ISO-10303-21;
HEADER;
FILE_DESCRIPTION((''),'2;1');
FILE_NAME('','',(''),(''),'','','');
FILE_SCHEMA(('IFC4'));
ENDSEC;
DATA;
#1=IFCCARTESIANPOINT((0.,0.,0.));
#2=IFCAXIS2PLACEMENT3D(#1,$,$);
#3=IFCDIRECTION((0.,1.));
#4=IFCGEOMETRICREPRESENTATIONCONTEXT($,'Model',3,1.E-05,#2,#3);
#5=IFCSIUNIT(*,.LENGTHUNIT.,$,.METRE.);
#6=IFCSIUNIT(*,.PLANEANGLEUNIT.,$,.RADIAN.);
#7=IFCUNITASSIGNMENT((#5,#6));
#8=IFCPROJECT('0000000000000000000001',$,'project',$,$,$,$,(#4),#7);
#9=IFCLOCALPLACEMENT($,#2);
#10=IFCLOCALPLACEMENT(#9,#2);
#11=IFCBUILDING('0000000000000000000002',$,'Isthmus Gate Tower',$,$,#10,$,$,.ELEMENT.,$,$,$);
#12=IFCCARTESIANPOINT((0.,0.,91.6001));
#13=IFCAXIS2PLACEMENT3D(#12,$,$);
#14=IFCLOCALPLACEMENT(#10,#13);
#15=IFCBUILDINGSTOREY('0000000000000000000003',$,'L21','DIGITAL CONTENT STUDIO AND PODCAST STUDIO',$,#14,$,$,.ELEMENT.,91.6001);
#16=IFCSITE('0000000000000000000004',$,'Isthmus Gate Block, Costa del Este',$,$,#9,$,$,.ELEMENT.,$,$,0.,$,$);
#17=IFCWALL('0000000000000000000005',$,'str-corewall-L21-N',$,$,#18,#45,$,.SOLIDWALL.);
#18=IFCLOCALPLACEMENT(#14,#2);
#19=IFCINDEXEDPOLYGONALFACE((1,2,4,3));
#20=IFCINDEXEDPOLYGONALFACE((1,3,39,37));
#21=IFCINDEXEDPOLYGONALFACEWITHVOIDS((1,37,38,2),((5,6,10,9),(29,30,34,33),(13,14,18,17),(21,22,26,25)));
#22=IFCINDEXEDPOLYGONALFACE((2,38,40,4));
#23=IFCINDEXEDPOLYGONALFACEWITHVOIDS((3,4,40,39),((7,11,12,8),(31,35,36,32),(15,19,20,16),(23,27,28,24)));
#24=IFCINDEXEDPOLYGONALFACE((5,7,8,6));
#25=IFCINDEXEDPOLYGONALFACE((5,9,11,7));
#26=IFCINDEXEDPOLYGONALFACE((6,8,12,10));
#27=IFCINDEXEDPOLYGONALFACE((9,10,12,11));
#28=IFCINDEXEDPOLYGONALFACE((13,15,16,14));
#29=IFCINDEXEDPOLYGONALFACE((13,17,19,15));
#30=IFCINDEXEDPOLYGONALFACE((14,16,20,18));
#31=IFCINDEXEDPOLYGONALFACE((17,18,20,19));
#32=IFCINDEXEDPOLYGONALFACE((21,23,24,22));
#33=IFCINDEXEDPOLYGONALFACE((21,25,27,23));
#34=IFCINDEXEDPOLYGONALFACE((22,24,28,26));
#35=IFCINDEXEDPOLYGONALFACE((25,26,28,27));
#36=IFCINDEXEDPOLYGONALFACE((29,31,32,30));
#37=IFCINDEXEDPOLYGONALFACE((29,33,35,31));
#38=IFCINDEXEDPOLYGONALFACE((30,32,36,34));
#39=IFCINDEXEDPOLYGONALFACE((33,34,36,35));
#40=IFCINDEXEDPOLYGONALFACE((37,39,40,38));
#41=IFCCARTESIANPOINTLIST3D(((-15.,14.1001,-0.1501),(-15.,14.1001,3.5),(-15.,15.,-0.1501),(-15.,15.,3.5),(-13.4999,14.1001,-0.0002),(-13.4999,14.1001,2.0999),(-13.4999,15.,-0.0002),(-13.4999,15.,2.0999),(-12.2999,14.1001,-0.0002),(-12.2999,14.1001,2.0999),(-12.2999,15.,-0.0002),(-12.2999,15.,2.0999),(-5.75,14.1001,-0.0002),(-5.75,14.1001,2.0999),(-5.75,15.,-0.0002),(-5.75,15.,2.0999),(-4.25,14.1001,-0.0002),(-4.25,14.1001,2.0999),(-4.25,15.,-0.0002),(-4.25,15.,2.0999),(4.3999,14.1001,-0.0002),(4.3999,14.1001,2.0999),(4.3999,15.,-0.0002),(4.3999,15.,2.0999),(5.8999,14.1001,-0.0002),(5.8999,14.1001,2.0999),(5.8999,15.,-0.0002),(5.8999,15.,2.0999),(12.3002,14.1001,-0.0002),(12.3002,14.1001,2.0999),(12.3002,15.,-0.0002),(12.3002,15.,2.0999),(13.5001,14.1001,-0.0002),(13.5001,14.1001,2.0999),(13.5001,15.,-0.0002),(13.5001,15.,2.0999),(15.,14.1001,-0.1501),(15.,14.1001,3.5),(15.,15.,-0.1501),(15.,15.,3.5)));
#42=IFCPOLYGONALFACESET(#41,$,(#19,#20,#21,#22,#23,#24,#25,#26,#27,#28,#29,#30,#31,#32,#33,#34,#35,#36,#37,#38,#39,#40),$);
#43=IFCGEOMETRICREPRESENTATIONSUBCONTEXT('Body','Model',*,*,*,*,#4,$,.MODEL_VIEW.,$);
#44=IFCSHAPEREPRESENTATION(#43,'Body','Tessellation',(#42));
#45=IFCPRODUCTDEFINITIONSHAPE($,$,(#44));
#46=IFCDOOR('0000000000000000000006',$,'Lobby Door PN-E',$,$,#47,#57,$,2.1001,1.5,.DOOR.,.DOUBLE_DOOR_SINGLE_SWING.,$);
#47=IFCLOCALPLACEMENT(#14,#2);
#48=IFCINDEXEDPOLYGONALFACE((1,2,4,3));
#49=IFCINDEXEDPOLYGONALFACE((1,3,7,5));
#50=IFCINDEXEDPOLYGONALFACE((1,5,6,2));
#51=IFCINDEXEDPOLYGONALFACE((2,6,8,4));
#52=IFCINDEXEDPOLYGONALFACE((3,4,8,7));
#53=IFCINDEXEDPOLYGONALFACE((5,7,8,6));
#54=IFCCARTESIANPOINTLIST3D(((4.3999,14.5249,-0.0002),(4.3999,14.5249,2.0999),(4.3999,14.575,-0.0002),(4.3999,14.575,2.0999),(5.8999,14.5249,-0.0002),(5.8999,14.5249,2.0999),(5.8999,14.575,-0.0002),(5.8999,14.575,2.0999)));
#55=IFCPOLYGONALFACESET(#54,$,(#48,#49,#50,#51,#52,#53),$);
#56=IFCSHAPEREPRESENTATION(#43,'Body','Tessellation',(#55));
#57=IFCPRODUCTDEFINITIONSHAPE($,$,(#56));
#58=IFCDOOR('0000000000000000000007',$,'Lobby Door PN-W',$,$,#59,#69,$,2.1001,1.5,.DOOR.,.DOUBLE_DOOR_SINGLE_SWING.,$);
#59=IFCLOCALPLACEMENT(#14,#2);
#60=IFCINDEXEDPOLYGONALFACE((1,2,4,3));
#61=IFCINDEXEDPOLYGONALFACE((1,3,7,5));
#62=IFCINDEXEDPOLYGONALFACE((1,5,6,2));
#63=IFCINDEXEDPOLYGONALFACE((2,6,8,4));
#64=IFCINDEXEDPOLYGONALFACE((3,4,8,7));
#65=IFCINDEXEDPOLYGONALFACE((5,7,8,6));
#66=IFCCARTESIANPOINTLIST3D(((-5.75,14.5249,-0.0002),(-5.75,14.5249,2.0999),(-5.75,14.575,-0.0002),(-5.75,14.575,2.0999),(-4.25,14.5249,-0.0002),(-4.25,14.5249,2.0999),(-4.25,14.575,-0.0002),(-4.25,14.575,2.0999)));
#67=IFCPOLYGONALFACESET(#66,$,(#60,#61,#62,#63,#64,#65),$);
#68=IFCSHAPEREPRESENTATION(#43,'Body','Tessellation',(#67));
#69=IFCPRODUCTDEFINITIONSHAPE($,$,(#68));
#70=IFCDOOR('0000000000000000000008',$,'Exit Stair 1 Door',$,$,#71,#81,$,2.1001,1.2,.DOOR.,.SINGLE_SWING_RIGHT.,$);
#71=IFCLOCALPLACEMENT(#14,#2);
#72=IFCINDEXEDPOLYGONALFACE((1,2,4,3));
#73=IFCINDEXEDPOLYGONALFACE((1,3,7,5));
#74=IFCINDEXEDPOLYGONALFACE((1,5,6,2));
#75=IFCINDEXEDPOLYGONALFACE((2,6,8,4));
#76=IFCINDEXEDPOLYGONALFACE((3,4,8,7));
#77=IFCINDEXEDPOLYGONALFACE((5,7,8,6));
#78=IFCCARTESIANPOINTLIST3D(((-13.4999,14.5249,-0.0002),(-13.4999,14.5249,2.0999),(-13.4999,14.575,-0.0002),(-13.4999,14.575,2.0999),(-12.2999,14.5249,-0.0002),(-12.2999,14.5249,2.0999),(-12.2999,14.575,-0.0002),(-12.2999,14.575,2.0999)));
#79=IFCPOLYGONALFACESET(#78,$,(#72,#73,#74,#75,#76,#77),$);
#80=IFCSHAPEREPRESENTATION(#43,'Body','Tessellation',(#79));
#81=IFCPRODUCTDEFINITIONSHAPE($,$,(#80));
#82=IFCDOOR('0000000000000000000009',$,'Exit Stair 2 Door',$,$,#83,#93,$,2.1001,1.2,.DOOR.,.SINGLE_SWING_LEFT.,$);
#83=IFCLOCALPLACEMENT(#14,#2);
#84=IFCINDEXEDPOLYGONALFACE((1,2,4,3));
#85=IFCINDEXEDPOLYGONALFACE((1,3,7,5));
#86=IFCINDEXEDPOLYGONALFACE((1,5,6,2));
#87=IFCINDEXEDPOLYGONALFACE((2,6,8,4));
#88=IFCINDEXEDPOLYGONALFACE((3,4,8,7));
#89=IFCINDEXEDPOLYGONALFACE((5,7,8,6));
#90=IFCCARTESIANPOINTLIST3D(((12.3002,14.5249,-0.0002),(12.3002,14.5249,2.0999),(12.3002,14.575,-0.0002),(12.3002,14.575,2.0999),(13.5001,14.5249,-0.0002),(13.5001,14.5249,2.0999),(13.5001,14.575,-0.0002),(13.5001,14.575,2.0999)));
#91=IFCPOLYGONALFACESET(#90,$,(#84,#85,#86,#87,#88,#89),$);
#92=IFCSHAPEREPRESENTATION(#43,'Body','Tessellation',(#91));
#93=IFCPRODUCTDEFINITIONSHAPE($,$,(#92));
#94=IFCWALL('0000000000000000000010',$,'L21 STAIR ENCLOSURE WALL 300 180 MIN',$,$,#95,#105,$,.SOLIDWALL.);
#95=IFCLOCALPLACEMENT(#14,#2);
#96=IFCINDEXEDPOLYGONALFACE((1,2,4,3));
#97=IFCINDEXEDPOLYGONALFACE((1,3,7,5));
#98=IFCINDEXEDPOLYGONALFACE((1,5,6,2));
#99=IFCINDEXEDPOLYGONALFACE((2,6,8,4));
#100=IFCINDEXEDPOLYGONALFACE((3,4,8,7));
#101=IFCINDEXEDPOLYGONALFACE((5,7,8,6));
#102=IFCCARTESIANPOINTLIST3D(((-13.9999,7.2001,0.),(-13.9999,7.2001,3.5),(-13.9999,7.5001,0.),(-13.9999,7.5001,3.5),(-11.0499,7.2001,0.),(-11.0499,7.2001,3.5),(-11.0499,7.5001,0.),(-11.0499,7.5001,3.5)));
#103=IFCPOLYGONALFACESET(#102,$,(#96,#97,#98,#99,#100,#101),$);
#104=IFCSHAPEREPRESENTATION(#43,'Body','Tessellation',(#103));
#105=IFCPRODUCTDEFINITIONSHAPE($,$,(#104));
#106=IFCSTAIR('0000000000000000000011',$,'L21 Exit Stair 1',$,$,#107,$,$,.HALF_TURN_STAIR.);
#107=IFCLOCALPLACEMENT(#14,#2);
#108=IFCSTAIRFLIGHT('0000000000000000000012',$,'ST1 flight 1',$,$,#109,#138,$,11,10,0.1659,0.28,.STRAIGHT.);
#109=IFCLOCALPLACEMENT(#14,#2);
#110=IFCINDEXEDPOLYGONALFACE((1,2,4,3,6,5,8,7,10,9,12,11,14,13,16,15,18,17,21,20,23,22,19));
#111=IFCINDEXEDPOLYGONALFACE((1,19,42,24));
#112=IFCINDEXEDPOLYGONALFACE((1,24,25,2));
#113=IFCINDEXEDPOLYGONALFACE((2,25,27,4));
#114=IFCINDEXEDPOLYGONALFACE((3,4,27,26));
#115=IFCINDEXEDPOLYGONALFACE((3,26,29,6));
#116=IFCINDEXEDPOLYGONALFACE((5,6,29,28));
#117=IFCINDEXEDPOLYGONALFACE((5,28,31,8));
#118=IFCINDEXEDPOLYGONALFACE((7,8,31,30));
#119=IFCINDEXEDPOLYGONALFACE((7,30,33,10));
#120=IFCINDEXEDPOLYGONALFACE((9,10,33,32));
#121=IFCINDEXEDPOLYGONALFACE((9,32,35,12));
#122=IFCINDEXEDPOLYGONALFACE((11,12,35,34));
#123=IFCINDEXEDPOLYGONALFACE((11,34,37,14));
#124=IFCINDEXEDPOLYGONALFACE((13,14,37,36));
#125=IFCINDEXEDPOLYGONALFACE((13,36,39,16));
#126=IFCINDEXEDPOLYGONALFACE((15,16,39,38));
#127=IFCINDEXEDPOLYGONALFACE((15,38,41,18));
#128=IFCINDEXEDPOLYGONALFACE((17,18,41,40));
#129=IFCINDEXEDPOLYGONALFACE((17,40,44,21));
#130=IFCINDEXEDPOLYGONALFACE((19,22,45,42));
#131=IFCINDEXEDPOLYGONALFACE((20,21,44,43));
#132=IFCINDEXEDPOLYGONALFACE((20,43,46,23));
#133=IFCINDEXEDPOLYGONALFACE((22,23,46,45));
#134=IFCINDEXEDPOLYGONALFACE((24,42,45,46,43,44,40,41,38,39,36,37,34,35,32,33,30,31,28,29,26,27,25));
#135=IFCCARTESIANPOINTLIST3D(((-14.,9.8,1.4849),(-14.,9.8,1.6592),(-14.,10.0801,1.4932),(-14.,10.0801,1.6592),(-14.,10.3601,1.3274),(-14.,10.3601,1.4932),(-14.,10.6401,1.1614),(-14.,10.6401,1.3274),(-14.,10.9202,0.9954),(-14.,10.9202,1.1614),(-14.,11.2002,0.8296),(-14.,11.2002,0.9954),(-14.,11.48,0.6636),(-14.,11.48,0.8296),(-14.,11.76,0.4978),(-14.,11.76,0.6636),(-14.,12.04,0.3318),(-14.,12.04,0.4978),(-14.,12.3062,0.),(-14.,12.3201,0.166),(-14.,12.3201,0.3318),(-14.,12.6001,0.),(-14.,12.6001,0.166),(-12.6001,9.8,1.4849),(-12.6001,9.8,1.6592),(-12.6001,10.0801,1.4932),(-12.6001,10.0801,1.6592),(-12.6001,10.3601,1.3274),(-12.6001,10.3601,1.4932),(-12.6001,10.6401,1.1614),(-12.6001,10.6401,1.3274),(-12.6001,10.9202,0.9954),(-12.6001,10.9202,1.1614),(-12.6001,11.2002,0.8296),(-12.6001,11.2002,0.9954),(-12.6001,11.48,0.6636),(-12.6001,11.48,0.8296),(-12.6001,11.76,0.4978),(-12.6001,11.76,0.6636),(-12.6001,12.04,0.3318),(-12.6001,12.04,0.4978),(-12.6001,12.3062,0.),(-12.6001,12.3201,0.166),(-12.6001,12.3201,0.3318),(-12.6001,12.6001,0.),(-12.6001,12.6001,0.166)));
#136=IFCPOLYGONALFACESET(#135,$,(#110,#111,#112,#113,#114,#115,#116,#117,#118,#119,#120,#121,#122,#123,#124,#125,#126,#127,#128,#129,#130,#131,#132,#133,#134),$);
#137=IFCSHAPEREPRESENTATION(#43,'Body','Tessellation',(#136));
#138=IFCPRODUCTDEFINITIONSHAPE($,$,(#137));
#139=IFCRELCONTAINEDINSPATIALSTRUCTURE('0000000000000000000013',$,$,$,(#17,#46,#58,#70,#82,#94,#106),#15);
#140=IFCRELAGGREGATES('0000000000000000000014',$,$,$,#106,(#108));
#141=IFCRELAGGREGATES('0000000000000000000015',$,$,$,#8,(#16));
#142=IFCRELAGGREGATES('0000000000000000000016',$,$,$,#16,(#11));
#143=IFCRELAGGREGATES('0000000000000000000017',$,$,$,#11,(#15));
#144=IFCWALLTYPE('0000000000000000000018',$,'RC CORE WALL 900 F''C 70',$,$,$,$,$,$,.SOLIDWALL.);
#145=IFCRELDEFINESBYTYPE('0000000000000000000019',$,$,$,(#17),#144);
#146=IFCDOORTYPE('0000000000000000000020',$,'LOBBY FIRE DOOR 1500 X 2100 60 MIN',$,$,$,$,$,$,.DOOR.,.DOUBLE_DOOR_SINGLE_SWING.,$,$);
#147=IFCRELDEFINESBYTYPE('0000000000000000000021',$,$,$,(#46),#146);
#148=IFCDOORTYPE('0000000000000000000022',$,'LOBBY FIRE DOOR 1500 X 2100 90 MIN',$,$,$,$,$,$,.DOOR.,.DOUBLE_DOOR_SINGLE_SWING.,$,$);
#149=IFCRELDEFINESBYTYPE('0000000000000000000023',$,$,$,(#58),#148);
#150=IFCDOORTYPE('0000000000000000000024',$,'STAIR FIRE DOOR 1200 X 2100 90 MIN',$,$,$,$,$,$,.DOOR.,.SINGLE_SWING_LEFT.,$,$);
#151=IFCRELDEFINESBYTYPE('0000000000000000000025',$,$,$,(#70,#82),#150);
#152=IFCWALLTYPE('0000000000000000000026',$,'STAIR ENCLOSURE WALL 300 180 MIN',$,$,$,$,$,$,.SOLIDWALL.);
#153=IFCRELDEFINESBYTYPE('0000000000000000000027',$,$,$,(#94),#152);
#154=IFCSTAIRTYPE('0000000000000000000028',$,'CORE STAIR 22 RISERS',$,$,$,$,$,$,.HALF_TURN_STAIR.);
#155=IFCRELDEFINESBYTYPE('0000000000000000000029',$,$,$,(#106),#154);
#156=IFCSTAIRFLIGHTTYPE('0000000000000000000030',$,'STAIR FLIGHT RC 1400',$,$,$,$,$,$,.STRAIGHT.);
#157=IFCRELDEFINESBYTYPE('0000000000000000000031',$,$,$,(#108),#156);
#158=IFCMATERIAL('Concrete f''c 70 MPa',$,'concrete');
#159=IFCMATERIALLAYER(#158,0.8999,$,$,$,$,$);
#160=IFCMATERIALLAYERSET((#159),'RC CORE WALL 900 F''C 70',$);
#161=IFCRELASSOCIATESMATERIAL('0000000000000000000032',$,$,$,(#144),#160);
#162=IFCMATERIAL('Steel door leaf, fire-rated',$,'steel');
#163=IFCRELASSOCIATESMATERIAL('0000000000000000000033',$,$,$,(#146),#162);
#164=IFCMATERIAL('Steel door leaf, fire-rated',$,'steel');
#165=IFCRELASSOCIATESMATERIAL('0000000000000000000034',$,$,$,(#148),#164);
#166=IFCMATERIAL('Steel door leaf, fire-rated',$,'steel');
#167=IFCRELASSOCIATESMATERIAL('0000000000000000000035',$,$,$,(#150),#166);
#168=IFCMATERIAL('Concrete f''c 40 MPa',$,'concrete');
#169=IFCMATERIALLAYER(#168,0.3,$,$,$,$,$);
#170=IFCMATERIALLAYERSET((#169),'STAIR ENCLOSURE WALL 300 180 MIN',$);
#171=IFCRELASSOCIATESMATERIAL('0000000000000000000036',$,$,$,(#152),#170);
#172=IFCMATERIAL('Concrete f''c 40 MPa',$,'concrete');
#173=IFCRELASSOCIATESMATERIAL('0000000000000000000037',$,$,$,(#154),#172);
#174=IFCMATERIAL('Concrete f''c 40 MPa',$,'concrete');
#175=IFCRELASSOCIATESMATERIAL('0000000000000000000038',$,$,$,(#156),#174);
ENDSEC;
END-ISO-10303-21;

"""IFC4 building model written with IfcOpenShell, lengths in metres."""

from ifc_helpers import new_model, si_unit, direction, frame, frame_2d, origin, place, context, subcontext, project, spatial, polyline, rectangle, outline, extrude, material, layer, layer_set, type_object, element, fill, aggregate, save


model = new_model("IFC4")

# Units and contexts
model_context = context("Model", 3, precision=1e-05, world=origin(), true_north=direction((0.0, 1.0)))
body_context = subcontext(model_context, "Body", "Model", "MODEL_VIEW")
ifc_project = project(units=[si_unit("LENGTHUNIT", "METRE"), si_unit("PLANEANGLEUNIT", "RADIAN")], contexts=[model_context])

# Site, building, storey
site_placement = place(None, origin())
site = spatial("IfcSite", under=ifc_project, at=site_placement, Name="Isthmus Gate Block, Costa del Este", CompositionType="ELEMENT", RefElevation=0.0)
building_placement = place(site_placement, origin())
building = spatial("IfcBuilding", under=site, at=building_placement, Name="Isthmus Gate Tower", CompositionType="ELEMENT")
storey_placement = place(building_placement, frame((0.0, 0.0, 91.6001)))
storey = spatial("IfcBuildingStorey", under=building, at=storey_placement, Name="L21", Description="DIGITAL CONTENT STUDIO AND PODCAST STUDIO", CompositionType="ELEMENT", Elevation=91.6001)

# Wall, openings, doors
ifc_material_1 = material(Name="Concrete f'c 70 MPa", Category="concrete")
ifc_layer_1 = layer(ifc_material_1, 0.8999)
ifc_layer_set_1 = layer_set([ifc_layer_1], Name="RC CORE WALL 900 F'C 70")
wall_type_1 = type_object("IfcWallType", Name="RC CORE WALL 900 F'C 70", PredefinedType="SOLIDWALL", material=ifc_layer_set_1)
wall_1_placement = place(storey_placement, frame((-15.0, 14.55, -0.1501), z_axis=(0.0, 0.0, 1.0), x_axis=(1.0, 0.0, 0.0)))
wall_1 = element("IfcWall", 1, at=wall_1_placement, inside=storey, type_object=wall_type_1, Name="str-corewall-L21-N", PredefinedType="SOLIDWALL", context=body_context, shape_type="SweptSolid", body=[
    extrude(rectangle(XDim=30.0, YDim=0.8999, at=frame_2d((15.0, 0.0))), origin(), (0.0, 0.0, 1.0), 3.6501),
])
opening_1_placement = place(wall_1_placement, frame((9.25, 0.0, 0.1499)))
opening_1 = element("IfcOpeningElement", 2, at=opening_1_placement, cuts=wall_1, PredefinedType="OPENING", context=body_context, shape_type="SweptSolid", body=[
    extrude(rectangle(XDim=1.5, YDim=2.1001, at=frame_2d((0.75, 1.05))), frame((0.0, 0.46, 0.0), z_axis=(0.0, -1.0, 0.0), x_axis=(1.0, 0.0, 0.0)), (0.0, 0.0, 1.0), 0.9199),
])
opening_2_placement = place(wall_1_placement, frame((19.3999, 0.0, 0.1499)))
opening_2 = element("IfcOpeningElement", 3, at=opening_2_placement, cuts=wall_1, PredefinedType="OPENING", context=body_context, shape_type="SweptSolid", body=[
    extrude(rectangle(XDim=1.5, YDim=2.1001, at=frame_2d((0.75, 1.05))), frame((0.0, 0.46, 0.0), z_axis=(0.0, -1.0, 0.0), x_axis=(1.0, 0.0, 0.0)), (0.0, 0.0, 1.0), 0.9199),
])
opening_3_placement = place(wall_1_placement, frame((1.5, 0.0, 0.1499)))
opening_3 = element("IfcOpeningElement", 4, at=opening_3_placement, cuts=wall_1, PredefinedType="OPENING", context=body_context, shape_type="SweptSolid", body=[
    extrude(rectangle(XDim=1.2, YDim=2.1001, at=frame_2d((0.6001, 1.05))), frame((0.0, 0.46, 0.0), z_axis=(0.0, -1.0, 0.0), x_axis=(1.0, 0.0, 0.0)), (0.0, 0.0, 1.0), 0.9199),
])
opening_4_placement = place(wall_1_placement, frame((27.3, 0.0, 0.1499)))
opening_4 = element("IfcOpeningElement", 5, at=opening_4_placement, cuts=wall_1, PredefinedType="OPENING", context=body_context, shape_type="SweptSolid", body=[
    extrude(rectangle(XDim=1.2, YDim=2.1001, at=frame_2d((0.6001, 1.05))), frame((0.0, 0.46, 0.0), z_axis=(0.0, -1.0, 0.0), x_axis=(1.0, 0.0, 0.0)), (0.0, 0.0, 1.0), 0.9199),
])
ifc_material_2 = material(Name="Steel door leaf, fire-rated", Category="steel")
door_type_1 = type_object("IfcDoorType", Name="LOBBY FIRE DOOR 1500 X 2100 60 MIN", OperationType="DOUBLE_DOOR_SINGLE_SWING", PredefinedType="DOOR", material=ifc_material_2)
door_1_placement = place(opening_2_placement, origin())
door_1 = element("IfcDoor", 6, at=door_1_placement, inside=storey, type_object=door_type_1, Name="Lobby Door PN-E", OperationType="DOUBLE_DOOR_SINGLE_SWING", OverallHeight=2.1001, OverallWidth=1.5, PredefinedType="DOOR", context=body_context, shape_type="SweptSolid", body=[
    extrude(rectangle(XDim=1.5, YDim=2.1001, at=frame_2d((0.75, 1.05))), frame((0.0, 0.0249, 0.0), z_axis=(0.0, -1.0, 0.0), x_axis=(1.0, 0.0, 0.0)), (0.0, 0.0, 1.0), 0.05),
])
fill(opening_2, door_1)
ifc_material_3 = material(Name="Steel door leaf, fire-rated", Category="steel")
door_type_2 = type_object("IfcDoorType", Name="LOBBY FIRE DOOR 1500 X 2100 90 MIN", OperationType="DOUBLE_DOOR_SINGLE_SWING", PredefinedType="DOOR", material=ifc_material_3)
door_2_placement = place(opening_1_placement, origin())
door_2 = element("IfcDoor", 7, at=door_2_placement, inside=storey, type_object=door_type_2, Name="Lobby Door PN-W", OperationType="DOUBLE_DOOR_SINGLE_SWING", OverallHeight=2.1001, OverallWidth=1.5, PredefinedType="DOOR", context=body_context, shape_type="SweptSolid", body=[
    extrude(rectangle(XDim=1.5, YDim=2.1001, at=frame_2d((0.75, 1.05))), frame((0.0, 0.0249, 0.0), z_axis=(0.0, -1.0, 0.0), x_axis=(1.0, 0.0, 0.0)), (0.0, 0.0, 1.0), 0.05),
])
fill(opening_1, door_2)
ifc_material_4 = material(Name="Steel door leaf, fire-rated", Category="steel")
door_type_3 = type_object("IfcDoorType", Name="STAIR FIRE DOOR 1200 X 2100 90 MIN", OperationType="SINGLE_SWING_LEFT", PredefinedType="DOOR", material=ifc_material_4)
door_3_placement = place(opening_3_placement, origin())
door_3 = element("IfcDoor", 8, at=door_3_placement, inside=storey, type_object=door_type_3, Name="Exit Stair 1 Door", OperationType="SINGLE_SWING_RIGHT", OverallHeight=2.1001, OverallWidth=1.2, PredefinedType="DOOR", context=body_context, shape_type="SweptSolid", body=[
    extrude(rectangle(XDim=1.2, YDim=2.1001, at=frame_2d((0.6001, 1.05))), frame((0.0, 0.0249, 0.0), z_axis=(0.0, -1.0, 0.0), x_axis=(1.0, 0.0, 0.0)), (0.0, 0.0, 1.0), 0.05),
])
fill(opening_3, door_3)
door_4_placement = place(opening_4_placement, origin())
door_4 = element("IfcDoor", 9, at=door_4_placement, inside=storey, type_object=door_type_3, Name="Exit Stair 2 Door", OperationType="SINGLE_SWING_LEFT", OverallHeight=2.1001, OverallWidth=1.2, PredefinedType="DOOR", context=body_context, shape_type="SweptSolid", body=[
    extrude(rectangle(XDim=1.2, YDim=2.1001, at=frame_2d((0.6001, 1.05))), frame((0.0, 0.0249, 0.0), z_axis=(0.0, -1.0, 0.0), x_axis=(1.0, 0.0, 0.0)), (0.0, 0.0, 1.0), 0.05),
])
fill(opening_4, door_4)

# Wall
ifc_material_5 = material(Name="Concrete f'c 40 MPa", Category="concrete")
ifc_layer_2 = layer(ifc_material_5, 0.3)
ifc_layer_set_2 = layer_set([ifc_layer_2], Name="STAIR ENCLOSURE WALL 300 180 MIN")
wall_type_2 = type_object("IfcWallType", Name="STAIR ENCLOSURE WALL 300 180 MIN", PredefinedType="SOLIDWALL", material=ifc_layer_set_2)
wall_2_placement = place(storey_placement, frame((-14.0, 7.3501, 0.0), z_axis=(0.0, 0.0, 1.0), x_axis=(1.0, 0.0, 0.0)))
element("IfcWall", 10, at=wall_2_placement, inside=storey, type_object=wall_type_2, Name="L21 STAIR ENCLOSURE WALL 300 180 MIN", PredefinedType="SOLIDWALL", context=body_context, shape_type="SweptSolid", body=[
    extrude(rectangle(XDim=2.95, YDim=0.3, at=frame_2d((1.4751, 0.0))), origin(), (0.0, 0.0, 1.0), 3.5),
])

# Stair, stair flight
ifc_material_6 = material(Name="Concrete f'c 40 MPa", Category="concrete")
stair_type = type_object("IfcStairType", Name="CORE STAIR 22 RISERS", PredefinedType="HALF_TURN_STAIR", material=ifc_material_6)
stair_placement = place(storey_placement, origin())
stair = element("IfcStair", 11, at=stair_placement, inside=storey, type_object=stair_type, Name="L21 Exit Stair 1", PredefinedType="HALF_TURN_STAIR")
ifc_material_7 = material(Name="Concrete f'c 40 MPa", Category="concrete")
stair_flight_type = type_object("IfcStairFlightType", Name="STAIR FLIGHT RC 1400", PredefinedType="STRAIGHT", material=ifc_material_7)
stair_flight_placement = place(storey_placement, frame((-13.3, 12.6001, 0.0), z_axis=(0.0, 0.0, 1.0), x_axis=(0.0, -1.0, 0.0)))
stair_flight = element("IfcStairFlight", 12, at=stair_flight_placement, type_object=stair_flight_type, Name="ST1 flight 1", NumberOfRisers=11, NumberOfTreads=10, PredefinedType="STRAIGHT", RiserHeight=0.1659, TreadLength=0.28, context=body_context, shape_type="SweptSolid", body=[
    extrude(outline(polyline([(0.0, 0.0), (0.0, 0.166), (0.28, 0.166), (0.28, 0.3318), (0.5601, 0.3318), (0.5601, 0.4978), (0.8401, 0.4978), (0.8401, 0.6636), (1.1201, 0.6636), (1.1201, 0.8296), (1.3999, 0.8296), (1.3999, 0.9954), (1.6799, 0.9954), (1.6799, 1.1614), (1.96, 1.1614), (1.96, 1.3274), (2.24, 1.3274), (2.24, 1.4932), (2.52, 1.4932), (2.52, 1.6592), (2.8, 1.6592), (2.8, 1.825), (2.8, 1.4849), (0.2939, 0.0), (0.0, 0.0)])), frame((0.0, 0.7, 0.0), z_axis=(0.0, -1.0, 0.0), x_axis=(1.0, 0.0, 0.0)), (0.0, 0.0, 1.0), 1.3999),
])
aggregate(stair, [stair_flight])

save(model, "model.ifc")
